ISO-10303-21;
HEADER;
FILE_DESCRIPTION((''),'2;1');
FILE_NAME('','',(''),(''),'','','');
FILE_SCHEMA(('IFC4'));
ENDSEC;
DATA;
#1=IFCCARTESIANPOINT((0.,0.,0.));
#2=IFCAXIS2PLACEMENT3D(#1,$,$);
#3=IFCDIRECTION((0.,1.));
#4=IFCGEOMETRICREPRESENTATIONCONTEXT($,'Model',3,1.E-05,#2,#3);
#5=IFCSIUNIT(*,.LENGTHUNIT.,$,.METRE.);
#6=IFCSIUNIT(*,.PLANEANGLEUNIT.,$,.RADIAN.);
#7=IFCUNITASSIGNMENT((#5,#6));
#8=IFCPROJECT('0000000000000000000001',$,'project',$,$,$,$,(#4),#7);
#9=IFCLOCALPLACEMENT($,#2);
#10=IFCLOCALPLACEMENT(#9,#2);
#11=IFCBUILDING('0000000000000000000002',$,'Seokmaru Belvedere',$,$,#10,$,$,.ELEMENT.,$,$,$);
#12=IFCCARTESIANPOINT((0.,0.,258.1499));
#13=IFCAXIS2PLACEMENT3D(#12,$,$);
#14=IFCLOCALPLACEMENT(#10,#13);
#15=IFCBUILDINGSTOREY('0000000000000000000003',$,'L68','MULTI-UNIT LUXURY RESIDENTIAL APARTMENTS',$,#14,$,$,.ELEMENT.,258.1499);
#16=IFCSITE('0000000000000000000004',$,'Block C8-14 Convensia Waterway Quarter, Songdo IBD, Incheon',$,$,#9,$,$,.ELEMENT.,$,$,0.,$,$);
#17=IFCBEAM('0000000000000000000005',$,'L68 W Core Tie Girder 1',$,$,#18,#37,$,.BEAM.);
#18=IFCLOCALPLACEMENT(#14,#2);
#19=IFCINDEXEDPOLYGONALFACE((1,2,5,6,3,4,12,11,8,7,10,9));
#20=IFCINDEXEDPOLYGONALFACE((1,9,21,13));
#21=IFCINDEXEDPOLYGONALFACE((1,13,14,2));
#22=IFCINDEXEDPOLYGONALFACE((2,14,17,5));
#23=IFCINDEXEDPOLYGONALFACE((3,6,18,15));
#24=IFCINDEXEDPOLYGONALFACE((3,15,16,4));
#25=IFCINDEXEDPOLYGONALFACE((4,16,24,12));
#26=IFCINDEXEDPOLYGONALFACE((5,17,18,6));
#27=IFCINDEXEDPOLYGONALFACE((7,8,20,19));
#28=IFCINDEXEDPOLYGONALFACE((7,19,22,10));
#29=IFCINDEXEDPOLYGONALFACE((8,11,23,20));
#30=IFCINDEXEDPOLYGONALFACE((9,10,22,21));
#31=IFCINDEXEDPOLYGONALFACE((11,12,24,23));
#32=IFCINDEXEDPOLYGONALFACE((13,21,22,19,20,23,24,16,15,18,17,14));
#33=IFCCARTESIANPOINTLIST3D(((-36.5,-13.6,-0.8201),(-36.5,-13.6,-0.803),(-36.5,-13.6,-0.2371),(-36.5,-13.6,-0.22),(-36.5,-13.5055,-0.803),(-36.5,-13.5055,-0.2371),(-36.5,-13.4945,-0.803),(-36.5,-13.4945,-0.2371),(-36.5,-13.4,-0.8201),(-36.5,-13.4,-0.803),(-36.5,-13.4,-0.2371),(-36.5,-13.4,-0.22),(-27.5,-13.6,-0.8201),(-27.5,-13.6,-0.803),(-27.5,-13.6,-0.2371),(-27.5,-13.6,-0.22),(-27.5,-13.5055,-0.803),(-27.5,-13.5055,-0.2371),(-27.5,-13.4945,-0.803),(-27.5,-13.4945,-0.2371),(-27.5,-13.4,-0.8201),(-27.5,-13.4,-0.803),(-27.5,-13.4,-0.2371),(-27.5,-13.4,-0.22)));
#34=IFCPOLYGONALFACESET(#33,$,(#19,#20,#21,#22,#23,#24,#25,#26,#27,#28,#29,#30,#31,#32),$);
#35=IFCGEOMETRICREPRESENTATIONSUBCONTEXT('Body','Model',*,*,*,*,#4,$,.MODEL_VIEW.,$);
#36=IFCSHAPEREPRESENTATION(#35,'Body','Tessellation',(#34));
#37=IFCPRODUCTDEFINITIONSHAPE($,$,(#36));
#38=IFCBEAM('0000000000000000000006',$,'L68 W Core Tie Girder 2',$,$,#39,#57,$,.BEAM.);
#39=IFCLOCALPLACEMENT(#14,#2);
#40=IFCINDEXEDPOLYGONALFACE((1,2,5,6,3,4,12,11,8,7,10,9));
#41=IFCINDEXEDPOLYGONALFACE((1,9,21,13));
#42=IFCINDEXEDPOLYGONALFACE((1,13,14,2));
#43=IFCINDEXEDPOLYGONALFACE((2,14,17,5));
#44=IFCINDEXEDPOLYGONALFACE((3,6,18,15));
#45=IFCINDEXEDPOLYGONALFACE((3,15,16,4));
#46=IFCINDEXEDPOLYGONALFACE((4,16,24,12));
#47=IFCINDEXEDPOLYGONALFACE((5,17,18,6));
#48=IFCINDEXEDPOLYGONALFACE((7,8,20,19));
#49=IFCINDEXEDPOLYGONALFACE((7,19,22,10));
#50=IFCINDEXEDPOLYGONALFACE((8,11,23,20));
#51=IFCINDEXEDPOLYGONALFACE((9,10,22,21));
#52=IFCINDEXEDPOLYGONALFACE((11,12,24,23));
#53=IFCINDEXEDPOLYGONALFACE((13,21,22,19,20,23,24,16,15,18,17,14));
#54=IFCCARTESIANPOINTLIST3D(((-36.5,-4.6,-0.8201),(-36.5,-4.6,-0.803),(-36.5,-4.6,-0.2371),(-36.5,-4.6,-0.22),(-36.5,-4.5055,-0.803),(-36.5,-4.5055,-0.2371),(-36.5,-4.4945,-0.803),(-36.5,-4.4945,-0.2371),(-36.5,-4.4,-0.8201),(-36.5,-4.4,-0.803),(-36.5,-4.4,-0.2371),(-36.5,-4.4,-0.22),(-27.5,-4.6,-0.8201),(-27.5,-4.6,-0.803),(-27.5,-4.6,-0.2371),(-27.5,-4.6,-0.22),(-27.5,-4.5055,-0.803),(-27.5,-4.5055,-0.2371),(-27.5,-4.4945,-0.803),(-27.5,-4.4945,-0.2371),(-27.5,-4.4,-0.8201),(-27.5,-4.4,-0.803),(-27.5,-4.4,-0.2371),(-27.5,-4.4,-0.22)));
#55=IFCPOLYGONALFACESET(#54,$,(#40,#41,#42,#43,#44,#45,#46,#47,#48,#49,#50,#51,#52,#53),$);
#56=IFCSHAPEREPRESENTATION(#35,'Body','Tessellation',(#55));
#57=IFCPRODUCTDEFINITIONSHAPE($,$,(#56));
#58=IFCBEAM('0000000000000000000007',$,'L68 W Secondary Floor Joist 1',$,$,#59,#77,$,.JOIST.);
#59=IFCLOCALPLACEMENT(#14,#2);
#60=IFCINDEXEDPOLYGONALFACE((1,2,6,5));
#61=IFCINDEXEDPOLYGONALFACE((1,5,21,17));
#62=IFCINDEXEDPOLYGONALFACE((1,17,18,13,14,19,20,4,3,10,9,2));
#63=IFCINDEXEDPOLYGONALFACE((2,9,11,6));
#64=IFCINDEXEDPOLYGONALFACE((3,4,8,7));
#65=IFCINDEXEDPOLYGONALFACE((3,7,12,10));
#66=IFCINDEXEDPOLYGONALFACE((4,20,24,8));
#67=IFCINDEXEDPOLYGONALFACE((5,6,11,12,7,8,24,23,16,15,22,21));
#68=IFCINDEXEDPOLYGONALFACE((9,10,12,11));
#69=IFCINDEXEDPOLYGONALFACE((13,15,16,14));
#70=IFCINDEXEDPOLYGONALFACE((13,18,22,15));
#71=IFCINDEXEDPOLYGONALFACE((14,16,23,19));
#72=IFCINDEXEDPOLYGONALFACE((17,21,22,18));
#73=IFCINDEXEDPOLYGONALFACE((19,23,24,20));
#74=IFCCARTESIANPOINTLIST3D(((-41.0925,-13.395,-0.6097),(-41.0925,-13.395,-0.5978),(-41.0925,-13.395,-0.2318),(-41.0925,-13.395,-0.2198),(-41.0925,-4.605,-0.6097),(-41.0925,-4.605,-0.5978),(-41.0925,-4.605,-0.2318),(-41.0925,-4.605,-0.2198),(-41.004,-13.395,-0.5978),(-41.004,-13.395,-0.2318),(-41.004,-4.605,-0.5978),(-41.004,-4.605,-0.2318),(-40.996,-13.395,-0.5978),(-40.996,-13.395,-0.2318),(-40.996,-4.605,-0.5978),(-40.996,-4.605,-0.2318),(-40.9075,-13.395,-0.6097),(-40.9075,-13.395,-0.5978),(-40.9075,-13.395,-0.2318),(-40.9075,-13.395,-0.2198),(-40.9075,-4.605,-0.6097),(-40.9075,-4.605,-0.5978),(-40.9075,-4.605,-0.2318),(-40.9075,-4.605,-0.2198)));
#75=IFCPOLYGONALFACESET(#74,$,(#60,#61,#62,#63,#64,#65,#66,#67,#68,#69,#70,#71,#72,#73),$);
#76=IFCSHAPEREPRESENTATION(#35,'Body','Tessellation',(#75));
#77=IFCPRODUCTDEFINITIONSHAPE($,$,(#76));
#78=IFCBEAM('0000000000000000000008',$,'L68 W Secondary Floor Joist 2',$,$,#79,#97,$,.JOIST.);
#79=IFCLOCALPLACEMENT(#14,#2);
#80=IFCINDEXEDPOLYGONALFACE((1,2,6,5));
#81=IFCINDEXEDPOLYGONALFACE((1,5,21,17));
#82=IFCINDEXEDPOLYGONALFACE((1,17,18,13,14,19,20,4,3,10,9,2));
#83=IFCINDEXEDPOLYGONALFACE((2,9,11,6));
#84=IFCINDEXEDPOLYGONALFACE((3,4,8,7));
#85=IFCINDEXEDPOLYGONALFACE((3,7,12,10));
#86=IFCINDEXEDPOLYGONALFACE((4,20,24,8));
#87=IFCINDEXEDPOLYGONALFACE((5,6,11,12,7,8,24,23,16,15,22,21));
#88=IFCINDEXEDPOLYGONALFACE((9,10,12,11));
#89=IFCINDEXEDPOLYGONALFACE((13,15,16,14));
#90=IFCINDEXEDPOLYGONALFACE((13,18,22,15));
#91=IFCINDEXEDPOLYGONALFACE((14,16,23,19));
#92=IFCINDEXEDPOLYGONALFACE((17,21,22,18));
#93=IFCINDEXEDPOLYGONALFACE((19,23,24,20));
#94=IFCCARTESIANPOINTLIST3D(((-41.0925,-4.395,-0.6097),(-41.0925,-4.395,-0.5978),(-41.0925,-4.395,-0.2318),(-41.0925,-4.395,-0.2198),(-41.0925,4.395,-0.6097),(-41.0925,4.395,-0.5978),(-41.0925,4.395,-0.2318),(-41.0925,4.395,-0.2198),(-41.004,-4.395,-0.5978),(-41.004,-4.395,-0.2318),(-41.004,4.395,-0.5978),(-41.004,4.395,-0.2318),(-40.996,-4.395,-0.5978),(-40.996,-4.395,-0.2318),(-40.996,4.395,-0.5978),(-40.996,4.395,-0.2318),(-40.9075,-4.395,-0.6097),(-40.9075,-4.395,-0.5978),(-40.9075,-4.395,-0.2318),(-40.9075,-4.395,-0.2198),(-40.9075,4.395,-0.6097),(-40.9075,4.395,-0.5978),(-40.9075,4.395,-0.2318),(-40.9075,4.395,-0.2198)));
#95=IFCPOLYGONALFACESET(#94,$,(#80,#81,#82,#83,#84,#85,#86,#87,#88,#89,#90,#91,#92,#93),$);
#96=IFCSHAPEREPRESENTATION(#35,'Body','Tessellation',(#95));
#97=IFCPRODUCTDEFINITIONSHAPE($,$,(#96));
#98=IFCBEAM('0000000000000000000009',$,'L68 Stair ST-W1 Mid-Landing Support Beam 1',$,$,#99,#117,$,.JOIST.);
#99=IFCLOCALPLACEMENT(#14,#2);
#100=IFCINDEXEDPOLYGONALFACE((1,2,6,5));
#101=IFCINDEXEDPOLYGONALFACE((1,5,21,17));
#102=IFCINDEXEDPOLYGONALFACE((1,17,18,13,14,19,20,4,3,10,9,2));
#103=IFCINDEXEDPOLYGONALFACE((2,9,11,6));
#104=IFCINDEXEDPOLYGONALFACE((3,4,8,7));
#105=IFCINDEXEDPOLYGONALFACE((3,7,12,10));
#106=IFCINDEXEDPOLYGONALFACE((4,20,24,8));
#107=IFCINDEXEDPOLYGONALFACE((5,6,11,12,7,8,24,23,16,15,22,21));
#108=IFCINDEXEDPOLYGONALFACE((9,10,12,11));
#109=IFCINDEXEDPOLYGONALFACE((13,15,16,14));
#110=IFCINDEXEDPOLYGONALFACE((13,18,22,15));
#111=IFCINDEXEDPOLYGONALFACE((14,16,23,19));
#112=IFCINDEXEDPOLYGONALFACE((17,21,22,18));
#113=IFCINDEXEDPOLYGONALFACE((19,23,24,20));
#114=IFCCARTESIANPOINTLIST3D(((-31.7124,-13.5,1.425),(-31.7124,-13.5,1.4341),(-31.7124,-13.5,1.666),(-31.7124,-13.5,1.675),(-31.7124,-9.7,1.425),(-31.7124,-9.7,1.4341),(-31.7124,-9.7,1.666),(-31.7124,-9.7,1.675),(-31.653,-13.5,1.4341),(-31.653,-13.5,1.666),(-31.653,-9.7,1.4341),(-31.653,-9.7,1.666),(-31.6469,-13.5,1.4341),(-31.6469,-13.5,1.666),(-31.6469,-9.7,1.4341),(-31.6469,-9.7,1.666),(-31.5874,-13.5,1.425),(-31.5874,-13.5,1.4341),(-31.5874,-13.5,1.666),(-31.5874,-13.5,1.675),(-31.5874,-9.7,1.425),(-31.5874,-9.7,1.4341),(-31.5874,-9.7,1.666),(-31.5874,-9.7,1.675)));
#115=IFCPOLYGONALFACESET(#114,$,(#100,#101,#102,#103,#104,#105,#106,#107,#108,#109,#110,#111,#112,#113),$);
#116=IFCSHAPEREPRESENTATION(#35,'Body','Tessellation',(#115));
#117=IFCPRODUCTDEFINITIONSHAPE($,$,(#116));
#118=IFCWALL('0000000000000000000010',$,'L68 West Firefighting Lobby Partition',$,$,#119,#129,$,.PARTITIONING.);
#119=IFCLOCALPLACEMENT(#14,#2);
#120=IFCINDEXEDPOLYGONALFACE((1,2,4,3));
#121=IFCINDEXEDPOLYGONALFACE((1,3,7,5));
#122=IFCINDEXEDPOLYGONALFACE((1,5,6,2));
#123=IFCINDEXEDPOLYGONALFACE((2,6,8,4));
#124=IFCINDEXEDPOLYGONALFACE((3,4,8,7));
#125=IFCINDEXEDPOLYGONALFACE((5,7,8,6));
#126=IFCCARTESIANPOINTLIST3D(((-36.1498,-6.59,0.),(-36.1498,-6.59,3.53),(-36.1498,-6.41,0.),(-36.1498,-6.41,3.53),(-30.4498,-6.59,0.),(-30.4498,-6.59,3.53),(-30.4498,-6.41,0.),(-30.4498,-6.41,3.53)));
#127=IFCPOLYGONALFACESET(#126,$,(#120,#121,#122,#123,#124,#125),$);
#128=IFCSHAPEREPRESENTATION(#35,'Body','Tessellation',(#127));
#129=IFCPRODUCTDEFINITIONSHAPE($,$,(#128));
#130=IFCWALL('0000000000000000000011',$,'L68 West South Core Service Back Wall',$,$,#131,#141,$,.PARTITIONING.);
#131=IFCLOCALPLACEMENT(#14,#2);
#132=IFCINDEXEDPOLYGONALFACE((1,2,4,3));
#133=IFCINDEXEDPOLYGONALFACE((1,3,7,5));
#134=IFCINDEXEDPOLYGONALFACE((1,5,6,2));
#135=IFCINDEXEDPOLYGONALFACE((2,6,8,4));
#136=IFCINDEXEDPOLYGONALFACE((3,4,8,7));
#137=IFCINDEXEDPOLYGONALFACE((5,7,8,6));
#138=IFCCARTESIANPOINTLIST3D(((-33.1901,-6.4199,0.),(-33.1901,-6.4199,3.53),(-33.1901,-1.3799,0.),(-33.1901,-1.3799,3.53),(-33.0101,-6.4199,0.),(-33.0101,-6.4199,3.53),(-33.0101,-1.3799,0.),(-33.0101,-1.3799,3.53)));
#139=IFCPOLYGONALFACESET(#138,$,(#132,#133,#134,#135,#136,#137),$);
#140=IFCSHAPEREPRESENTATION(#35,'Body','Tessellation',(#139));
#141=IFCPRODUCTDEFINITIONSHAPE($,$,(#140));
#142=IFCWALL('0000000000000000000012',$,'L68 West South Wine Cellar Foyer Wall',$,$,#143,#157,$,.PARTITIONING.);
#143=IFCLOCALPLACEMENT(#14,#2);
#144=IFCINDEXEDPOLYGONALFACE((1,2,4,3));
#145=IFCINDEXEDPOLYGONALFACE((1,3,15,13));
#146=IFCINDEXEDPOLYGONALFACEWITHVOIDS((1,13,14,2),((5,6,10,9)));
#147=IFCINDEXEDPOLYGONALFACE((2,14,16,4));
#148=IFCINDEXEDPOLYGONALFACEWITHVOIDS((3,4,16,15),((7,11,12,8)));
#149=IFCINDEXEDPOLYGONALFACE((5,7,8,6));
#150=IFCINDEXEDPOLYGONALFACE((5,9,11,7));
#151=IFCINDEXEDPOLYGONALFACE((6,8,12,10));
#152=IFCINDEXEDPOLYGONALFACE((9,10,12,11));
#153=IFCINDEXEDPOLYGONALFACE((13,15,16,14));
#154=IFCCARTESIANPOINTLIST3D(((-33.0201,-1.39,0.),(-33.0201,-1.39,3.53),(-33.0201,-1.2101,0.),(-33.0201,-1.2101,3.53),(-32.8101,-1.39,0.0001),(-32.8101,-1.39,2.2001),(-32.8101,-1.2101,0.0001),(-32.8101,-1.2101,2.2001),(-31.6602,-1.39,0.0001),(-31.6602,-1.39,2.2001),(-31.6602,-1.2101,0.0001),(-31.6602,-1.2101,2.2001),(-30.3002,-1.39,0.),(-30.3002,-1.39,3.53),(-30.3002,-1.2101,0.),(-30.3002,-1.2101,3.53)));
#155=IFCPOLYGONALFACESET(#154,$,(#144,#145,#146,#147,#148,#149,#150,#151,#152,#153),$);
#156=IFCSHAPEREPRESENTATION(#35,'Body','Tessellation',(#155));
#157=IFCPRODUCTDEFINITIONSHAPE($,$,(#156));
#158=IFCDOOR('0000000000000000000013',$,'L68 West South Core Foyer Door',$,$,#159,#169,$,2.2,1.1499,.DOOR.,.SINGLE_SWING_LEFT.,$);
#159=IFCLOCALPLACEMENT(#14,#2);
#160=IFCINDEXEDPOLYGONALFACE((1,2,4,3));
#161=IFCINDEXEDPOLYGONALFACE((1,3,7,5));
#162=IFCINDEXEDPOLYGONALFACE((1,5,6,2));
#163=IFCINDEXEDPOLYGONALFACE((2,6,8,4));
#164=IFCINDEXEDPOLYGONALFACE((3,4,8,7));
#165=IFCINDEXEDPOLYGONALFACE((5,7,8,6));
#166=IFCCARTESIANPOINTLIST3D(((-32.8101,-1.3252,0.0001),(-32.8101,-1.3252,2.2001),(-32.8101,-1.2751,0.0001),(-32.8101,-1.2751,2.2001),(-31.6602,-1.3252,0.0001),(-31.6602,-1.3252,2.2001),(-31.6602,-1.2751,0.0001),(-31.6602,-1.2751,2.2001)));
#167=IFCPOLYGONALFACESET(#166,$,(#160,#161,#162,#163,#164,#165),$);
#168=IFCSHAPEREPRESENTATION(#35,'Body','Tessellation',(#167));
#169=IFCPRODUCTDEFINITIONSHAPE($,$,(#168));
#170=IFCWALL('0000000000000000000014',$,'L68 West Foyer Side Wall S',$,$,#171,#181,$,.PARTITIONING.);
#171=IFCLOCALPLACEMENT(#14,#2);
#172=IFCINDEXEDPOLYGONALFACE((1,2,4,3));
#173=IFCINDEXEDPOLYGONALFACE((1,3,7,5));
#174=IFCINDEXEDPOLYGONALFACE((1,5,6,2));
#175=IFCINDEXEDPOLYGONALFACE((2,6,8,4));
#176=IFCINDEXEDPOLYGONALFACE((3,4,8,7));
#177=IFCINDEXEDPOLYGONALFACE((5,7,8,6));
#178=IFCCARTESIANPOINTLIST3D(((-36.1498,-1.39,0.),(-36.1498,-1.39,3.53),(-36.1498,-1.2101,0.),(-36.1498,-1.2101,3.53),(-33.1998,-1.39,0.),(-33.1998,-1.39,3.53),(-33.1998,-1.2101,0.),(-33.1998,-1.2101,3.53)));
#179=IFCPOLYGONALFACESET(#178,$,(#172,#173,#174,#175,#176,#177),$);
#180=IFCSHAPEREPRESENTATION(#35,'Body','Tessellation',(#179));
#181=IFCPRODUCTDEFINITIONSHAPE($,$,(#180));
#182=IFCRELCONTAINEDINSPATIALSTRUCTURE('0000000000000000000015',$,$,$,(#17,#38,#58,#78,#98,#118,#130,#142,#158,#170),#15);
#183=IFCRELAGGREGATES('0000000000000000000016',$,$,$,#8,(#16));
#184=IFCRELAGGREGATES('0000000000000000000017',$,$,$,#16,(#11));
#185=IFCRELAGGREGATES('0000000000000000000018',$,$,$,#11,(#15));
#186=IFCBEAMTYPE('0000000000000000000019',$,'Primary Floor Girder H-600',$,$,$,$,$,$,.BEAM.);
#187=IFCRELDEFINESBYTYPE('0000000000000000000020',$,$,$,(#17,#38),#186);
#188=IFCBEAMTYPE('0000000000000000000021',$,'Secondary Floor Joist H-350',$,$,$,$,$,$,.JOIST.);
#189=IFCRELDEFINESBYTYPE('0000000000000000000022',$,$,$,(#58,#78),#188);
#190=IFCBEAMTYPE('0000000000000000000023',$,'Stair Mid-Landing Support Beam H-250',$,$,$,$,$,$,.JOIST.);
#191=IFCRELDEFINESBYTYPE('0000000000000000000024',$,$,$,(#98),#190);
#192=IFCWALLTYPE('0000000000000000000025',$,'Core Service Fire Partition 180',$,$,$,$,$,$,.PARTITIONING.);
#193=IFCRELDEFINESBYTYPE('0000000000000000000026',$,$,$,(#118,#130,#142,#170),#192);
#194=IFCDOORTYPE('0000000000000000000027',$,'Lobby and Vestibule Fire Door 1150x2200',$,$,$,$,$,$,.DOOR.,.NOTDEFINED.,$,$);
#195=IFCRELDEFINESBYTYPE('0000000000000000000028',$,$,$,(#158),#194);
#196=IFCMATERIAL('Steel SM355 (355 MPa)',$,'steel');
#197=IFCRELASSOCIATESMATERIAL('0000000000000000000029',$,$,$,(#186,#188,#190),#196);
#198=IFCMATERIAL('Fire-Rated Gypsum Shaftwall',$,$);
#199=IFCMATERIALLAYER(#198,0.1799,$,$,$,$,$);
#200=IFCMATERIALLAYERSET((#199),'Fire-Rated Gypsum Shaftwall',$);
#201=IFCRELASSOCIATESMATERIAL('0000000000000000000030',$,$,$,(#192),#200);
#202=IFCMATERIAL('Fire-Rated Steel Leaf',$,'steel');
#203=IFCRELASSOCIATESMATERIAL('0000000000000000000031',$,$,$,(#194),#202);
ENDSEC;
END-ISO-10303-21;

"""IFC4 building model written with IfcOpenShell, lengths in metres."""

from ifc_helpers import new_model, si_unit, direction, frame, frame_2d, origin, origin_2d, place, context, subcontext, project, spatial, rectangle, i_section, extrude, source, transform, mapped, material, layer, layer_set, material_profile, profile_set, type_object, type_shapes, element, fill, save


model = new_model("IFC4")

# Units and contexts
model_context = context("Model", 3, precision=1e-05, world=origin(), true_north=direction((0.0, 1.0)))
body_context = subcontext(model_context, "Body", "Model", "MODEL_VIEW")
ifc_project = project(units=[si_unit("LENGTHUNIT", "METRE"), si_unit("PLANEANGLEUNIT", "RADIAN")], contexts=[model_context])

# Site, building, storey
site_placement = place(None, origin())
site = spatial("IfcSite", under=ifc_project, at=site_placement, Name="Block C8-14 Convensia Waterway Quarter, Songdo IBD, Incheon", CompositionType="ELEMENT", RefElevation=0.0)
building_placement = place(site_placement, origin())
building = spatial("IfcBuilding", under=site, at=building_placement, Name="Seokmaru Belvedere", CompositionType="ELEMENT")
storey_placement = place(building_placement, frame((0.0, 0.0, 258.1499)))
storey = spatial("IfcBuildingStorey", under=building, at=storey_placement, Name="L68", Description="MULTI-UNIT LUXURY RESIDENTIAL APARTMENTS", CompositionType="ELEMENT", Elevation=258.1499)

# Beams
ifc_material_1 = material(Name="Steel SM355 (355 MPa)", Category="steel")
ifc_material_profile_1 = material_profile(ifc_material_1, i_section(OverallWidth=0.2, OverallDepth=0.6001, WebThickness=0.011, FlangeThickness=0.0171, at=origin_2d()), Name="H-600x200x11x17")
ifc_profile_set_1 = profile_set([ifc_material_profile_1], Name="Steel SM355 (355 MPa)")
beam_type_1 = type_object("IfcBeamType", Name="Primary Floor Girder H-600", PredefinedType="BEAM", material=ifc_profile_set_1)
shared_shape_1 = source(origin(), body_context, "Body", "SweptSolid", [
    extrude(i_section(OverallWidth=0.2, OverallDepth=0.6001, WebThickness=0.011, FlangeThickness=0.0171, at=origin_2d()), origin(), (0.0, 0.0, 1.0), 9.0),
])
type_shapes(beam_type_1, [shared_shape_1])
for number, where, z_axis, x_axis, name in (
    (1, (-36.5, -13.5, -0.52), (1.0, 0.0, 0.0), (0.0, 1.0, 0.0), "L68 W Core Tie Girder 1"),
    (2, (-36.5, -4.5, -0.52), (1.0, 0.0, 0.0), (0.0, 1.0, 0.0), "L68 W Core Tie Girder 2"),
):
    element("IfcBeam", number, at=place(storey_placement, frame(where, z_axis=z_axis, x_axis=x_axis)), inside=storey, type_object=beam_type_1, Name=name, PredefinedType="BEAM", context=body_context, shape_type="MappedRepresentation", body=[
        mapped(shared_shape_1, transform((0.0, 0.0, 0.0), scale=1.0)),
    ])
ifc_material_profile_2 = material_profile(ifc_material_1, i_section(OverallWidth=0.1851, OverallDepth=0.3899, WebThickness=0.0081, FlangeThickness=0.012, at=origin_2d()), Name="H-390x185x8x12")
ifc_profile_set_2 = profile_set([ifc_material_profile_2], Name="Steel SM355 (355 MPa)")
beam_type_2 = type_object("IfcBeamType", Name="Secondary Floor Joist H-350", PredefinedType="JOIST", material=ifc_profile_set_2)
shared_shape_2 = source(origin(), body_context, "Body", "SweptSolid", [
    extrude(i_section(OverallWidth=0.1851, OverallDepth=0.3899, WebThickness=0.0081, FlangeThickness=0.012, at=origin_2d()), origin(), (0.0, 0.0, 1.0), 8.79),
])
type_shapes(beam_type_2, [shared_shape_2])
for number, where, z_axis, x_axis, name in (
    (3, (-41.0, -13.395, -0.4148), (0.0, 1.0, 0.0), (-1.0, 0.0, 0.0), "L68 W Secondary Floor Joist 1"),
    (4, (-41.0, -4.395, -0.4148), (0.0, 1.0, 0.0), (-1.0, 0.0, 0.0), "L68 W Secondary Floor Joist 2"),
):
    element("IfcBeam", number, at=place(storey_placement, frame(where, z_axis=z_axis, x_axis=x_axis)), inside=storey, type_object=beam_type_2, Name=name, PredefinedType="JOIST", context=body_context, shape_type="MappedRepresentation", body=[
        mapped(shared_shape_2, transform((0.0, 0.0, 0.0), scale=1.0)),
    ])
ifc_material_profile_3 = material_profile(ifc_material_1, i_section(OverallWidth=0.125, OverallDepth=0.25, WebThickness=0.0061, FlangeThickness=0.009, at=origin_2d()), Name="H-250x125x6x9")
ifc_profile_set_3 = profile_set([ifc_material_profile_3], Name="Steel SM355 (355 MPa)")
beam_type_3 = type_object("IfcBeamType", Name="Stair Mid-Landing Support Beam H-250", PredefinedType="JOIST", material=ifc_profile_set_3)
shared_shape_3 = source(origin(), body_context, "Body", "SweptSolid", [
    extrude(i_section(OverallWidth=0.125, OverallDepth=0.25, WebThickness=0.0061, FlangeThickness=0.009, at=origin_2d()), origin(), (0.0, 0.0, 1.0), 3.8),
])
type_shapes(beam_type_3, [shared_shape_3])
beam_placement = place(storey_placement, frame((-31.6499, -13.5, 1.55), z_axis=(0.0, 1.0, 0.0), x_axis=(-1.0, 0.0, 0.0)))
element("IfcBeam", 5, at=beam_placement, inside=storey, type_object=beam_type_3, Name="L68 Stair ST-W1 Mid-Landing Support Beam 1", PredefinedType="JOIST", context=body_context, shape_type="MappedRepresentation", body=[
    mapped(shared_shape_3, transform((0.0, 0.0, 0.0), scale=1.0)),
])

# Walls
ifc_material_2 = material(Name="Fire-Rated Gypsum Shaftwall")
ifc_layer_1 = layer(ifc_material_2, 0.1799)
ifc_layer_set_1 = layer_set([ifc_layer_1], Name="Fire-Rated Gypsum Shaftwall")
wall_type_1 = type_object("IfcWallType", Name="Core Service Fire Partition 180", PredefinedType="PARTITIONING", material=ifc_layer_set_1)
wall_1_placement = place(storey_placement, frame((-36.1499, -6.5, 0.0), z_axis=(0.0, 0.0, 1.0), x_axis=(1.0, 0.0, 0.0)))
element("IfcWall", 6, at=wall_1_placement, inside=storey, type_object=wall_type_1, Name="L68 West Firefighting Lobby Partition", PredefinedType="PARTITIONING", context=body_context, shape_type="SweptSolid", body=[
    extrude(rectangle(XDim=5.7, YDim=0.1799, at=frame_2d((2.8501, 0.0))), origin(), (0.0, 0.0, 1.0), 3.53),
])
wall_2_placement = place(storey_placement, frame((-33.1001, -6.4199, 0.0), z_axis=(0.0, 0.0, 1.0), x_axis=(0.0, 1.0, 0.0)))
element("IfcWall", 7, at=wall_2_placement, inside=storey, type_object=wall_type_1, Name="L68 West South Core Service Back Wall", PredefinedType="PARTITIONING", context=body_context, shape_type="SweptSolid", body=[
    extrude(rectangle(XDim=5.04, YDim=0.1799, at=frame_2d((2.52, 0.0))), origin(), (0.0, 0.0, 1.0), 3.53),
])

# Wall, opening, door
wall_3_placement = place(storey_placement, frame((-33.02, -1.3, 0.0), z_axis=(0.0, 0.0, 1.0), x_axis=(1.0, 0.0, 0.0)))
wall_3 = element("IfcWall", 8, at=wall_3_placement, inside=storey, type_object=wall_type_1, Name="L68 West South Wine Cellar Foyer Wall", PredefinedType="PARTITIONING", context=body_context, shape_type="SweptSolid", body=[
    extrude(rectangle(XDim=2.72, YDim=0.1799, at=frame_2d((1.3599, 0.0))), origin(), (0.0, 0.0, 1.0), 3.53),
])
opening_1_placement = place(wall_3_placement, frame((0.21, 0.0, 0.0)))
opening_1 = element("IfcOpeningElement", 9, at=opening_1_placement, cuts=wall_3, PredefinedType="OPENING", context=body_context, shape_type="SweptSolid", body=[
    extrude(rectangle(XDim=1.1499, YDim=2.2, at=frame_2d((0.575, 1.1001))), frame((0.0, 0.1001, 0.0), z_axis=(0.0, -1.0, 0.0), x_axis=(1.0, 0.0, 0.0)), (0.0, 0.0, 1.0), 0.2),
])
ifc_material_3 = material(Name="Fire-Rated Steel Leaf", Category="steel")
door_type_1 = type_object("IfcDoorType", Name="Lobby and Vestibule Fire Door 1150x2200", OperationType="NOTDEFINED", PredefinedType="DOOR", material=ifc_material_3)
shared_shape_4 = source(origin(), body_context, "Body", "SweptSolid", [
    extrude(rectangle(XDim=1.1499, YDim=2.2, at=frame_2d((0.575, 1.1001))), frame((0.0, 0.0249, 0.0), z_axis=(0.0, -1.0, 0.0), x_axis=(1.0, 0.0, 0.0)), (0.0, 0.0, 1.0), 0.05),
])
type_shapes(door_type_1, [shared_shape_4])
door_1_placement = place(opening_1_placement, origin())
door_1 = element("IfcDoor", 10, at=door_1_placement, inside=storey, type_object=door_type_1, Name="L68 West South Core Foyer Door", OperationType="SINGLE_SWING_LEFT", OverallHeight=2.2, OverallWidth=1.1499, PredefinedType="DOOR", context=body_context, shape_type="MappedRepresentation", body=[
    mapped(shared_shape_4, transform((0.0, 0.0, 0.0), scale=1.0)),
])
fill(opening_1, door_1)

# Wall
for number, where, z_axis, x_axis, name in (
    (11, (-36.1499, -1.3, 0.0), (0.0, 0.0, 1.0), (1.0, 0.0, 0.0), "L68 West Foyer Side Wall S"),
):
    element("IfcWall", number, at=place(storey_placement, frame(where, z_axis=z_axis, x_axis=x_axis)), inside=storey, type_object=wall_type_1, Name=name, PredefinedType="PARTITIONING", context=body_context, shape_type="SweptSolid", body=[
        extrude(rectangle(XDim=2.95, YDim=0.1799, at=frame_2d((1.4751, 0.0))), origin(), (0.0, 0.0, 1.0), 3.53),
    ])

save(model, "model.ifc")
